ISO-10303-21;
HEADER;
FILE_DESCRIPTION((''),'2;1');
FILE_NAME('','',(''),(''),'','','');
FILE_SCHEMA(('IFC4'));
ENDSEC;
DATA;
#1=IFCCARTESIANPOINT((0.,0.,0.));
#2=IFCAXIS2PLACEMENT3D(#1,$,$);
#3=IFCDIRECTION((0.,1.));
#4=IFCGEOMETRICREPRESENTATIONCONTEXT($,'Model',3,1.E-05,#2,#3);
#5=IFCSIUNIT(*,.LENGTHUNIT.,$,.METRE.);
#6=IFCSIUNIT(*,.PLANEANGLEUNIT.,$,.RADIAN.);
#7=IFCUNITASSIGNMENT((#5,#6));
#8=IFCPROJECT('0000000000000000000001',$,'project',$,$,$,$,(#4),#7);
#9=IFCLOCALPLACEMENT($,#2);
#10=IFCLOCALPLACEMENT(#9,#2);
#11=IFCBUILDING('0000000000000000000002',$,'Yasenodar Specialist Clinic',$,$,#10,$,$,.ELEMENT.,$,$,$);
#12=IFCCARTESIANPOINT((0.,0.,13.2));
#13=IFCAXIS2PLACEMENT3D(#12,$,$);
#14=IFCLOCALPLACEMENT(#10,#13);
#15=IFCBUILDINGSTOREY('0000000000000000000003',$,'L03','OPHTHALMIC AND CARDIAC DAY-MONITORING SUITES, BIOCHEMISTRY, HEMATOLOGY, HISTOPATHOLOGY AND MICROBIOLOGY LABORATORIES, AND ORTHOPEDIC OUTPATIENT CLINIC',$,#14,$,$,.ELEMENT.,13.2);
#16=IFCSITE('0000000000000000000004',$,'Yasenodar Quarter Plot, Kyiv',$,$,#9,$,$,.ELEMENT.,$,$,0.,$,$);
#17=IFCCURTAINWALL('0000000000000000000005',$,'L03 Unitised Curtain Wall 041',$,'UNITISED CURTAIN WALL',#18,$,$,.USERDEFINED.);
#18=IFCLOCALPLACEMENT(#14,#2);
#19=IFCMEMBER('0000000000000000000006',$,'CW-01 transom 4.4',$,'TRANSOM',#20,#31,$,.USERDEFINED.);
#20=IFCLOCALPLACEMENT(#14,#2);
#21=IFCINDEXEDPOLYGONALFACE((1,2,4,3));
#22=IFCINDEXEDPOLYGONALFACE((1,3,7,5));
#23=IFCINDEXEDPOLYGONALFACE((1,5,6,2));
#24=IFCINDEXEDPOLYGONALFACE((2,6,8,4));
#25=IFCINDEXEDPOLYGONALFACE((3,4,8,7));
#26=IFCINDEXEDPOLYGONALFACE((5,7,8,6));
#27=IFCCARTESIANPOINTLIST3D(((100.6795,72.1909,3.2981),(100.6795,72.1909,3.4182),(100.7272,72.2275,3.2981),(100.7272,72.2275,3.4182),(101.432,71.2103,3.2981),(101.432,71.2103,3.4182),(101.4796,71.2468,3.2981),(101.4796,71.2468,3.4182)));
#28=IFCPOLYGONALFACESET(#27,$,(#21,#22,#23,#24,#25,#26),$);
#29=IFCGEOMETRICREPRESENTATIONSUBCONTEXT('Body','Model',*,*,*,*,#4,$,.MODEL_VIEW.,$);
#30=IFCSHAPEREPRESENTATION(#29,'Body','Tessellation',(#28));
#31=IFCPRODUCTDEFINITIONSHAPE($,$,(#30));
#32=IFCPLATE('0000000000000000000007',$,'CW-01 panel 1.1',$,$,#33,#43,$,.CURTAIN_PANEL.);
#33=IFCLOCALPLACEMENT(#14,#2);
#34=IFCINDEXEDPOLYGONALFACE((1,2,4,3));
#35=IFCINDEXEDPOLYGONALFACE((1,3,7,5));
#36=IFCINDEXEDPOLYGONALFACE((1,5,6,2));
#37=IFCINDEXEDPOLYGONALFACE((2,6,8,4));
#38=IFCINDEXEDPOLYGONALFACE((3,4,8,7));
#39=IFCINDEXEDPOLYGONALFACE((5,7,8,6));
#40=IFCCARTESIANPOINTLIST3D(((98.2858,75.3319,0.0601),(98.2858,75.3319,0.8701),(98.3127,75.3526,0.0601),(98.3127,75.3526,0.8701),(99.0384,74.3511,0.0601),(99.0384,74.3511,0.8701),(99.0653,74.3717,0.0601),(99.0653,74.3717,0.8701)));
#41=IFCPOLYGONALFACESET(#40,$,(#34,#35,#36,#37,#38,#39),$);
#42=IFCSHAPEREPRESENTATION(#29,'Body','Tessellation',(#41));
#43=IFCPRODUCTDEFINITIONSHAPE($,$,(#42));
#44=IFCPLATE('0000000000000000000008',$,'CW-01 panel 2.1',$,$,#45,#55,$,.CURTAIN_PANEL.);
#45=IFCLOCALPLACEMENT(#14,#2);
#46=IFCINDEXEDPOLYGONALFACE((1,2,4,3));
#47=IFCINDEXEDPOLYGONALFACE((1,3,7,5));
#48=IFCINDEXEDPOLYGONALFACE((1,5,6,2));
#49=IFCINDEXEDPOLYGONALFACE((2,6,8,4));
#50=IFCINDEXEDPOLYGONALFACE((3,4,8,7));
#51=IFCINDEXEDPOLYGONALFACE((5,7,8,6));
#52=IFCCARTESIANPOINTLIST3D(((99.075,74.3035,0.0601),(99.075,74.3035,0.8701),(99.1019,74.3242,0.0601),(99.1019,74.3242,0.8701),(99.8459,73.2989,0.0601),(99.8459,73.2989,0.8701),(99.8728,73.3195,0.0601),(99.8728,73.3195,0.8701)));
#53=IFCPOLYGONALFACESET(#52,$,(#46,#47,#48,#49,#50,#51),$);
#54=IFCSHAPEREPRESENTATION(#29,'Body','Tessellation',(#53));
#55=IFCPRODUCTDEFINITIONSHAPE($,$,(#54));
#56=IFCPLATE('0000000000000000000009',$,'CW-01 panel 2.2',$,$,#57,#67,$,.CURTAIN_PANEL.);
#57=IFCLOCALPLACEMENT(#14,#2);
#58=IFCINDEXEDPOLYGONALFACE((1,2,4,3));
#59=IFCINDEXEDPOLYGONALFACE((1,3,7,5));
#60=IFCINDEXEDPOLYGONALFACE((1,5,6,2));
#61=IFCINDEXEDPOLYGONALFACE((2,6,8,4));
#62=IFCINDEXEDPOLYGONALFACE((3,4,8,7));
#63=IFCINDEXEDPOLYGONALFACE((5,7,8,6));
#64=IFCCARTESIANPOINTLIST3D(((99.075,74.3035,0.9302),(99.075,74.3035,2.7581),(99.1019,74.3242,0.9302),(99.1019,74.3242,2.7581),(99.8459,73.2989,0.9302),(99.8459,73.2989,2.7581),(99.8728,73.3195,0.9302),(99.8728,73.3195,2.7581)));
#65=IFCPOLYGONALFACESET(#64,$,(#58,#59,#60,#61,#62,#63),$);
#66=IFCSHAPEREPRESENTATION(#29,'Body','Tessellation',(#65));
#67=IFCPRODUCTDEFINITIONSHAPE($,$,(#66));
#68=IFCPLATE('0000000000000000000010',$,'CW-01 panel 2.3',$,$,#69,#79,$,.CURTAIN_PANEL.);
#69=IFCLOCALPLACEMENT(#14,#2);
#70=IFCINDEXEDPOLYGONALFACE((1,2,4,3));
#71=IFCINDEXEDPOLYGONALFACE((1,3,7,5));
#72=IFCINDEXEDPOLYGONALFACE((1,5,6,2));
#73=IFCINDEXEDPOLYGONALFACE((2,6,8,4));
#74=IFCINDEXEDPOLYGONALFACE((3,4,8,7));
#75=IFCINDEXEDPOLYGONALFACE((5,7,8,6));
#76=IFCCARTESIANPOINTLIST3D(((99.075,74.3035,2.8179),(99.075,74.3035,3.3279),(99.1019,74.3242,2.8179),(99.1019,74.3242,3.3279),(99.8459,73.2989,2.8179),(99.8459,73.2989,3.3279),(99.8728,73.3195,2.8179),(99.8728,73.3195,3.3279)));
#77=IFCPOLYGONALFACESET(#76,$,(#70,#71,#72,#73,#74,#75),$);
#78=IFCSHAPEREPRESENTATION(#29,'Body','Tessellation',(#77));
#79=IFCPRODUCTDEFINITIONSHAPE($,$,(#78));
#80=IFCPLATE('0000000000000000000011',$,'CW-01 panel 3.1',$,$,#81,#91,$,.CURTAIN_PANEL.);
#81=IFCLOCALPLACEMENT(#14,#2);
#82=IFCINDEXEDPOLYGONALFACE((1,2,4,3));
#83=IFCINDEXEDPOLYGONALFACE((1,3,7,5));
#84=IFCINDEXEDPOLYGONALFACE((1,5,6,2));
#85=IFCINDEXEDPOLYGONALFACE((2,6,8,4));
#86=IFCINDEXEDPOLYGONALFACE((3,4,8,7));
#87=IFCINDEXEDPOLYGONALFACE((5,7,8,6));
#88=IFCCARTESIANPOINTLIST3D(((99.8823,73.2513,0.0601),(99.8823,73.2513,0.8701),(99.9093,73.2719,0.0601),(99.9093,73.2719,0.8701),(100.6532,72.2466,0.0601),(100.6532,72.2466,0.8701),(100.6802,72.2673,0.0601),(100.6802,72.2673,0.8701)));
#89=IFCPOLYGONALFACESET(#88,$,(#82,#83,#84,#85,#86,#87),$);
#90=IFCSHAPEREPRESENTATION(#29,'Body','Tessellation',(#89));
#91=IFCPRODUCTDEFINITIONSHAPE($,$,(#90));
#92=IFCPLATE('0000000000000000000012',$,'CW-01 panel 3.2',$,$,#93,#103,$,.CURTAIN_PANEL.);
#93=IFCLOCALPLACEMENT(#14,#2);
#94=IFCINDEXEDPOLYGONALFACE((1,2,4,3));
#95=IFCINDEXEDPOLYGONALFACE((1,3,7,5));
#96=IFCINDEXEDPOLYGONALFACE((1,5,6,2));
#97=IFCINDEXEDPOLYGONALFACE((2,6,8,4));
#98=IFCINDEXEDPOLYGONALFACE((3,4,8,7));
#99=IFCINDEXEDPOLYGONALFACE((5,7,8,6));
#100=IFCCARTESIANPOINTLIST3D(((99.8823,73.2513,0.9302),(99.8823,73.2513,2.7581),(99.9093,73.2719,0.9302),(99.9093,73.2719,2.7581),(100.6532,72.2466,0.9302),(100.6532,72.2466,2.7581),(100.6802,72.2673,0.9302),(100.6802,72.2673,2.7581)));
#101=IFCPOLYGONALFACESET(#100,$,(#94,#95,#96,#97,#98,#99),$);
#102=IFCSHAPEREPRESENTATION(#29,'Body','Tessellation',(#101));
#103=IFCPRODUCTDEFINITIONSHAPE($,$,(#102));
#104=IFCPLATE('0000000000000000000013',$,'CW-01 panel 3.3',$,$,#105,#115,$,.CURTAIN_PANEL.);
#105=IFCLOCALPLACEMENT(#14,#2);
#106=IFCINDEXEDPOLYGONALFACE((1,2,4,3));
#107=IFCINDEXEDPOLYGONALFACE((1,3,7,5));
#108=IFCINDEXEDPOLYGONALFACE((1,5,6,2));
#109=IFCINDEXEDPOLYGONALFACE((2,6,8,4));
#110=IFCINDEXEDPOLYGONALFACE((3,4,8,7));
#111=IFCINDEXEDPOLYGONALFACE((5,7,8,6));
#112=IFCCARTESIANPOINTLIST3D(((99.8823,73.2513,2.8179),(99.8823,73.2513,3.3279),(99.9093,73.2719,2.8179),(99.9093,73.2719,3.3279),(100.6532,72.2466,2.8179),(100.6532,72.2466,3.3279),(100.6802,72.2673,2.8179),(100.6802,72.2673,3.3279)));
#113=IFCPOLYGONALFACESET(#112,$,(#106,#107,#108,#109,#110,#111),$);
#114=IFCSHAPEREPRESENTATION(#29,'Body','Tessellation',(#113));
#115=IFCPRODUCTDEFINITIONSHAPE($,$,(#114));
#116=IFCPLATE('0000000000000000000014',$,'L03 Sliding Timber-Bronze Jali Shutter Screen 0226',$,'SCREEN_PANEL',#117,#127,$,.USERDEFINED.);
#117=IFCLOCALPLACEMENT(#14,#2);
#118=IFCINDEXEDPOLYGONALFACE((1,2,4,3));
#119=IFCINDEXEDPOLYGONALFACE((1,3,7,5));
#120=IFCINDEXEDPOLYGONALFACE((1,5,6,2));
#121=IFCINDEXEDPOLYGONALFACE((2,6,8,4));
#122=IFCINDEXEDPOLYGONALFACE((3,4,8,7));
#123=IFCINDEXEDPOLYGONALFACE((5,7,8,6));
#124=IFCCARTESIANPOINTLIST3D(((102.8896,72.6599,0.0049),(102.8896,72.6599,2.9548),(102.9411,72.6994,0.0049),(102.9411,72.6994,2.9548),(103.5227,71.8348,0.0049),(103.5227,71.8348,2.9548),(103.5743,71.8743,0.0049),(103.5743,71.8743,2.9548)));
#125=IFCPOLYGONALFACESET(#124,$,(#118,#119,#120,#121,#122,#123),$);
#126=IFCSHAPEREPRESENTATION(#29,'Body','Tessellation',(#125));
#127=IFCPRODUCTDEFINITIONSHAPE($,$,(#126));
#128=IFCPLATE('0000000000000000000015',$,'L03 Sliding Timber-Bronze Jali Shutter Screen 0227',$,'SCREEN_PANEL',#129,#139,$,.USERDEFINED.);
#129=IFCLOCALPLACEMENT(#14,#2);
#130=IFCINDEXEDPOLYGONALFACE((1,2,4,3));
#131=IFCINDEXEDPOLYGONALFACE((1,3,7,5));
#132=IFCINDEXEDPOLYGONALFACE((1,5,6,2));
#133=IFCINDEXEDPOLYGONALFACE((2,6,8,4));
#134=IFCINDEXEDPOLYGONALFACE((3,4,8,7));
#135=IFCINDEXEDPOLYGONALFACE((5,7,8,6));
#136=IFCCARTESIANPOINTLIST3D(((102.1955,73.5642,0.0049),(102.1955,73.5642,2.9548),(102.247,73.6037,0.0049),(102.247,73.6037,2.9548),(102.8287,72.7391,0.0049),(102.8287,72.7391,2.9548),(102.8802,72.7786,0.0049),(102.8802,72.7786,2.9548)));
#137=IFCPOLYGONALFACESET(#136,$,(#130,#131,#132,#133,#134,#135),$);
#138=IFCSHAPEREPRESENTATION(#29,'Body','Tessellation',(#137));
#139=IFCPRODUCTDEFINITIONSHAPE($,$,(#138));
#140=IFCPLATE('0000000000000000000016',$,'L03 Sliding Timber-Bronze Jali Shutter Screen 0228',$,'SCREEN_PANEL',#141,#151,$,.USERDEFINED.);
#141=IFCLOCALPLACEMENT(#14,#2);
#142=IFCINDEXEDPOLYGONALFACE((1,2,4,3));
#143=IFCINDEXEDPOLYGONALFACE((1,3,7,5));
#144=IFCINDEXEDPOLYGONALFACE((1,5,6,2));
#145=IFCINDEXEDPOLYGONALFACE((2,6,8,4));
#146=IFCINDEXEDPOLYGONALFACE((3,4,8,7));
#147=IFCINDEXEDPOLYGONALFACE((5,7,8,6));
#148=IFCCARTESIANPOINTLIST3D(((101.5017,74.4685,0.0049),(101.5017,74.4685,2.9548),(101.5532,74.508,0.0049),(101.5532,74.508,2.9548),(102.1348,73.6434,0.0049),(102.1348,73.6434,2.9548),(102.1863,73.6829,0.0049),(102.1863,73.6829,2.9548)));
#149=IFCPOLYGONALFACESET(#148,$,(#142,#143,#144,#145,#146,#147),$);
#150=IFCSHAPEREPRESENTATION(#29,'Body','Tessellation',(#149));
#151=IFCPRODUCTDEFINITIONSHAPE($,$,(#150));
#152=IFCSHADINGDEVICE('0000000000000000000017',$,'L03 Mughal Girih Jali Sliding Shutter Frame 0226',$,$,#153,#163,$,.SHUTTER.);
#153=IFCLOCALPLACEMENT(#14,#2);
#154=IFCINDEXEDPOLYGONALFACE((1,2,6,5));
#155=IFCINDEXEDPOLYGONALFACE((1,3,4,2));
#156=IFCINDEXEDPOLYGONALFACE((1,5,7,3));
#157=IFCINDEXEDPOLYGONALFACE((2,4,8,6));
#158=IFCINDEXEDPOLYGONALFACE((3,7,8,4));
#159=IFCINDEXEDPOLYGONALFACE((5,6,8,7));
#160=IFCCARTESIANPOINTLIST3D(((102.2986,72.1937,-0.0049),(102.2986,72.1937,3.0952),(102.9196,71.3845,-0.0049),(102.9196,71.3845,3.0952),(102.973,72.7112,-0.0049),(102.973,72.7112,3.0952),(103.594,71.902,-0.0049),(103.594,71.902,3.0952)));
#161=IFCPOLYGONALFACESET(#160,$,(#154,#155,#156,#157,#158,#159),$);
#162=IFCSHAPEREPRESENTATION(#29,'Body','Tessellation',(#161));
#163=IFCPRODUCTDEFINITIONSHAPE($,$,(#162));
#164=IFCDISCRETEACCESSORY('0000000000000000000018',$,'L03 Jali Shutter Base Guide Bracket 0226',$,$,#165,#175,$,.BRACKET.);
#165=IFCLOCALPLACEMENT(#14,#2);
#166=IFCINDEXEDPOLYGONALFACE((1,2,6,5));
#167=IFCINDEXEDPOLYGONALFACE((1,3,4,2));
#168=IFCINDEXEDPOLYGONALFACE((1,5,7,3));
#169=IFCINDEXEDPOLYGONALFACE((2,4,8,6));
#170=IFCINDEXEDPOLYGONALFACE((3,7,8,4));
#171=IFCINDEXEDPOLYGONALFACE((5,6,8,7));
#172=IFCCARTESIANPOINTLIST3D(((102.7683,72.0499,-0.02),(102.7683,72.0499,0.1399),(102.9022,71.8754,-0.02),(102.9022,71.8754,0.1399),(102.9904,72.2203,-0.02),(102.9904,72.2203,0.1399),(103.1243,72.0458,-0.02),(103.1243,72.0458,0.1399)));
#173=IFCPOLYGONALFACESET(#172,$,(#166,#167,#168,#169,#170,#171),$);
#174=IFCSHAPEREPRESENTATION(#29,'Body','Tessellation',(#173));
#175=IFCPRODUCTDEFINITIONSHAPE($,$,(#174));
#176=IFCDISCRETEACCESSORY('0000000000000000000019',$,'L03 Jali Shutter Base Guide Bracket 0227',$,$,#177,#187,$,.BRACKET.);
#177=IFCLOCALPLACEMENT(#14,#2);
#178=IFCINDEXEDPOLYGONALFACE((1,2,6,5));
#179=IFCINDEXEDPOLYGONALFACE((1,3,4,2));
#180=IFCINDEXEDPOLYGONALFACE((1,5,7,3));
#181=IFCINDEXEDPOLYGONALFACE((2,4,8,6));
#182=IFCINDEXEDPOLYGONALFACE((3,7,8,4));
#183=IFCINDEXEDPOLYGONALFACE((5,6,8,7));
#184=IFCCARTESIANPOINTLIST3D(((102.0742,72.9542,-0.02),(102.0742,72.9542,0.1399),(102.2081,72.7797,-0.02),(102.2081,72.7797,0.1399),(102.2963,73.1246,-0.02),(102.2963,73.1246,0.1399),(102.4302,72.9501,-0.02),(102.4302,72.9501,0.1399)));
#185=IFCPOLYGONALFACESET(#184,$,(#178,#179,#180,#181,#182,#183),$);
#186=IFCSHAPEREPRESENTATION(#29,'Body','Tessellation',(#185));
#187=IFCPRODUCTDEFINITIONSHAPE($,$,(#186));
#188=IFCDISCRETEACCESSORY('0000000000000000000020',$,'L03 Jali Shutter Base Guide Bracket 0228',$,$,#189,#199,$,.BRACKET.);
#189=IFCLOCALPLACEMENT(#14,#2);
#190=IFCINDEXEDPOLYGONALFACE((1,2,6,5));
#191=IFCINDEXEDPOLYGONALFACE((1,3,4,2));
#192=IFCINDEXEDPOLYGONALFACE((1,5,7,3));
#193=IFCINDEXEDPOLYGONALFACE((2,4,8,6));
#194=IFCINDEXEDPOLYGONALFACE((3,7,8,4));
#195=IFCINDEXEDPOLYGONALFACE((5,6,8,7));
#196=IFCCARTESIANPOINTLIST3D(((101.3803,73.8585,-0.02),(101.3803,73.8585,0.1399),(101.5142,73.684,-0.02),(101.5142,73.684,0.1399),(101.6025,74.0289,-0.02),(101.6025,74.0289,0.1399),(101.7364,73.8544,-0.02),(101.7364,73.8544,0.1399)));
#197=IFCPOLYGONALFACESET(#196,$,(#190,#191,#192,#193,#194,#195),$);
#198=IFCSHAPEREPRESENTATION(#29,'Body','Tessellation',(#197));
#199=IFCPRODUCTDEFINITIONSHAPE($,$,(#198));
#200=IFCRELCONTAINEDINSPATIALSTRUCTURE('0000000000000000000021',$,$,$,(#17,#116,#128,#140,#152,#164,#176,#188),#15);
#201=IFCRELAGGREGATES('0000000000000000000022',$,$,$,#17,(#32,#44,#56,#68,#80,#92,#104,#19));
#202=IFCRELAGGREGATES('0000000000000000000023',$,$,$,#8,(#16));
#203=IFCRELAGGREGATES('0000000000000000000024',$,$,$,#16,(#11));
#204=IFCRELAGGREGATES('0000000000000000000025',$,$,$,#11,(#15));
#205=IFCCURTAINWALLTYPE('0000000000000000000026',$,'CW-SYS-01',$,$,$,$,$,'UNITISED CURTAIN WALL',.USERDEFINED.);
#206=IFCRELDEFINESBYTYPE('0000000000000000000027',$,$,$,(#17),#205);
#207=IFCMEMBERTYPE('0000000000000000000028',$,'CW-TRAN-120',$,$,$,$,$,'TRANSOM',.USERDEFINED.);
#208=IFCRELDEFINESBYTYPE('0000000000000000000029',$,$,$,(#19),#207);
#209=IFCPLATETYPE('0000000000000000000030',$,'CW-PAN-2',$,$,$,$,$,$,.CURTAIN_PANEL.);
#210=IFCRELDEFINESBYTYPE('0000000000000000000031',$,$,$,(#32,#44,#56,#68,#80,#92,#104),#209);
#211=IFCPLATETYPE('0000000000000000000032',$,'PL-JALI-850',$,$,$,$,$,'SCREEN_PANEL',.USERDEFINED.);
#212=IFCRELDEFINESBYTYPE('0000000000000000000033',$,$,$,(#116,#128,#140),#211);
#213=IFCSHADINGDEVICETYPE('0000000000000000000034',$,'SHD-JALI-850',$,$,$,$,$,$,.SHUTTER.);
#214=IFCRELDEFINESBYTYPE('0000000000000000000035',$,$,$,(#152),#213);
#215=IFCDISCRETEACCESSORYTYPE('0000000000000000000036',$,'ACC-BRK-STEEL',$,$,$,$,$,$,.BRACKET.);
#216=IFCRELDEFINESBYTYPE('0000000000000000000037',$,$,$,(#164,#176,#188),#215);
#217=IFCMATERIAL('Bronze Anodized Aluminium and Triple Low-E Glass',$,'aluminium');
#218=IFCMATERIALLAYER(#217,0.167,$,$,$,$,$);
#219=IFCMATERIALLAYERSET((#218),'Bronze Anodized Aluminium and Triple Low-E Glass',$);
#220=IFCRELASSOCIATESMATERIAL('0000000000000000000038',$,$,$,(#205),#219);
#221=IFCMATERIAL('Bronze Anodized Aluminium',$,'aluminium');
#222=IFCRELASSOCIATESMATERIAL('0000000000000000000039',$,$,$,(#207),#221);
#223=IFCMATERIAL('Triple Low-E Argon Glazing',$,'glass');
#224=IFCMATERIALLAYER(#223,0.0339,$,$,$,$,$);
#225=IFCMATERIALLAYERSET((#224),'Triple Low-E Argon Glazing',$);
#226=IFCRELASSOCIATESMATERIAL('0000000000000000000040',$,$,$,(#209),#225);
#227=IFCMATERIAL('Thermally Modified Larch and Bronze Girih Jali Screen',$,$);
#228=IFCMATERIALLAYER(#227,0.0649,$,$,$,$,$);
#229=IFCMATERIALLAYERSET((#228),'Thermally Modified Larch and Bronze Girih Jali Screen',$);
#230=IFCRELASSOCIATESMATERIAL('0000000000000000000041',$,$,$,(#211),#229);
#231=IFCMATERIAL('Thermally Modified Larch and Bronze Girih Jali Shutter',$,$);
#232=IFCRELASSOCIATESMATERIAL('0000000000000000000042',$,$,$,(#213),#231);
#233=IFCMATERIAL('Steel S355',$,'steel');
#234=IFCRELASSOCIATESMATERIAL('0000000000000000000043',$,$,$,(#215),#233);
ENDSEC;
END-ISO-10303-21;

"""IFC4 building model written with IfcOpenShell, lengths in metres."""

from ifc_helpers import new_model, si_unit, direction, frame, origin, origin_2d, place, context, subcontext, project, spatial, rectangle, extrude, material, layer, layer_set, material_profile, profile_set, type_object, element, aggregate, save


model = new_model("IFC4")

# Units and contexts
model_context = context("Model", 3, precision=1e-05, world=origin(), true_north=direction((0.0, 1.0)))
body_context = subcontext(model_context, "Body", "Model", "MODEL_VIEW")
ifc_project = project(units=[si_unit("LENGTHUNIT", "METRE"), si_unit("PLANEANGLEUNIT", "RADIAN")], contexts=[model_context])

# Site, building, storey
site_placement = place(None, origin())
site = spatial("IfcSite", under=ifc_project, at=site_placement, Name="Yasenodar Quarter Plot, Kyiv", CompositionType="ELEMENT", RefElevation=0.0)
building_placement = place(site_placement, origin())
building = spatial("IfcBuilding", under=site, at=building_placement, Name="Yasenodar Specialist Clinic", CompositionType="ELEMENT")
storey_placement = place(building_placement, frame((0.0, 0.0, 13.2)))
storey = spatial("IfcBuildingStorey", under=building, at=storey_placement, Name="L03", Description="OPHTHALMIC AND CARDIAC DAY-MONITORING SUITES, BIOCHEMISTRY, HEMATOLOGY, HISTOPATHOLOGY AND MICROBIOLOGY LABORATORIES, AND ORTHOPEDIC OUTPATIENT CLINIC", CompositionType="ELEMENT", Elevation=13.2)

# Curtain wall, member, plates
ifc_material_1 = material(Name="Bronze Anodized Aluminium and Triple Low-E Glass", Category="aluminium")
ifc_layer_1 = layer(ifc_material_1, 0.167)
ifc_layer_set_1 = layer_set([ifc_layer_1], Name="Bronze Anodized Aluminium and Triple Low-E Glass")
curtain_wall_type = type_object("IfcCurtainWallType", Name="CW-SYS-01", ElementType="UNITISED CURTAIN WALL", PredefinedType="USERDEFINED", material=ifc_layer_set_1)
curtain_wall_placement = place(storey_placement, origin())
curtain_wall = element("IfcCurtainWall", 1, at=curtain_wall_placement, inside=storey, type_object=curtain_wall_type, Name="L03 Unitised Curtain Wall 041", ObjectType="UNITISED CURTAIN WALL", PredefinedType="USERDEFINED")
ifc_material_2 = material(Name="Bronze Anodized Aluminium", Category="aluminium")
ifc_material_profile_1 = material_profile(ifc_material_2, rectangle(XDim=0.0601, YDim=0.1201, at=origin_2d()), Name="CW-TRAN 60x120")
ifc_profile_set_1 = profile_set([ifc_material_profile_1], Name="Bronze Anodized Aluminium")
member_type_1 = type_object("IfcMemberType", Name="CW-TRAN-120", ElementType="TRANSOM", PredefinedType="USERDEFINED", material=ifc_profile_set_1)
member_1_placement = place(storey_placement, frame((100.7034, 72.2092, 3.3582), z_axis=(0.608718, -0.793387, 0.0), x_axis=(0.793387, 0.608718, 0.0)))
member_1 = element("IfcMember", 2, at=member_1_placement, type_object=member_type_1, Name="CW-01 transom 4.4", ObjectType="TRANSOM", PredefinedType="USERDEFINED", context=body_context, shape_type="SweptSolid", body=[
    extrude(rectangle(XDim=0.0601, YDim=0.1201, at=origin_2d()), origin(), (0.0, 0.0, 1.0), 1.2361),
])
ifc_material_3 = material(Name="Triple Low-E Argon Glazing", Category="glass")
ifc_layer_2 = layer(ifc_material_3, 0.0339)
ifc_layer_set_2 = layer_set([ifc_layer_2], Name="Triple Low-E Argon Glazing")
plate_type_1 = type_object("IfcPlateType", Name="CW-PAN-2", PredefinedType="CURTAIN_PANEL", material=ifc_layer_set_2)
plate_1_placement = place(storey_placement, frame((98.6755, 74.8518, 0.0601), z_axis=(0.0, 0.0, 1.0), x_axis=(0.608752, -0.793361, 0.0)))
plate_1 = element("IfcPlate", 3, at=plate_1_placement, type_object=plate_type_1, Name="CW-01 panel 1.1", PredefinedType="CURTAIN_PANEL", context=body_context, shape_type="SweptSolid", body=[
    extrude(rectangle(XDim=1.2363, YDim=0.0339, at=origin_2d()), origin(), (0.0, 0.0, 1.0), 0.8101),
])
plate_2_placement = place(storey_placement, frame((99.4739, 73.8115, 0.0601), z_axis=(0.0, 0.0, 1.0), x_axis=(0.608752, -0.793361, 0.0)))
plate_2 = element("IfcPlate", 4, at=plate_2_placement, type_object=plate_type_1, Name="CW-01 panel 2.1", PredefinedType="CURTAIN_PANEL", context=body_context, shape_type="SweptSolid", body=[
    extrude(rectangle(XDim=1.2664, YDim=0.0339, at=origin_2d()), origin(), (0.0, 0.0, 1.0), 0.8101),
])
plate_3_placement = place(storey_placement, frame((99.4739, 73.8115, 0.9302), z_axis=(0.0, 0.0, 1.0), x_axis=(0.608752, -0.793361, 0.0)))
plate_3 = element("IfcPlate", 5, at=plate_3_placement, type_object=plate_type_1, Name="CW-01 panel 2.2", PredefinedType="CURTAIN_PANEL", context=body_context, shape_type="SweptSolid", body=[
    extrude(rectangle(XDim=1.2664, YDim=0.0339, at=origin_2d()), origin(), (0.0, 0.0, 1.0), 1.8279),
])
plate_4_placement = place(storey_placement, frame((99.4739, 73.8115, 2.8179), z_axis=(0.0, 0.0, 1.0), x_axis=(0.608752, -0.793361, 0.0)))
plate_4 = element("IfcPlate", 6, at=plate_4_placement, type_object=plate_type_1, Name="CW-01 panel 2.3", PredefinedType="CURTAIN_PANEL", context=body_context, shape_type="SweptSolid", body=[
    extrude(rectangle(XDim=1.2664, YDim=0.0339, at=origin_2d()), origin(), (0.0, 0.0, 1.0), 0.51),
])
plate_5_placement = place(storey_placement, frame((100.2812, 72.7593, 0.0601), z_axis=(0.0, 0.0, 1.0), x_axis=(0.608752, -0.793361, 0.0)))
plate_5 = element("IfcPlate", 7, at=plate_5_placement, type_object=plate_type_1, Name="CW-01 panel 3.1", PredefinedType="CURTAIN_PANEL", context=body_context, shape_type="SweptSolid", body=[
    extrude(rectangle(XDim=1.2664, YDim=0.0339, at=origin_2d()), origin(), (0.0, 0.0, 1.0), 0.8101),
])
plate_6_placement = place(storey_placement, frame((100.2812, 72.7593, 0.9302), z_axis=(0.0, 0.0, 1.0), x_axis=(0.608752, -0.793361, 0.0)))
plate_6 = element("IfcPlate", 8, at=plate_6_placement, type_object=plate_type_1, Name="CW-01 panel 3.2", PredefinedType="CURTAIN_PANEL", context=body_context, shape_type="SweptSolid", body=[
    extrude(rectangle(XDim=1.2664, YDim=0.0339, at=origin_2d()), origin(), (0.0, 0.0, 1.0), 1.8279),
])
plate_7_placement = place(storey_placement, frame((100.2812, 72.7593, 2.8179), z_axis=(0.0, 0.0, 1.0), x_axis=(0.608752, -0.793361, 0.0)))
plate_7 = element("IfcPlate", 9, at=plate_7_placement, type_object=plate_type_1, Name="CW-01 panel 3.3", PredefinedType="CURTAIN_PANEL", context=body_context, shape_type="SweptSolid", body=[
    extrude(rectangle(XDim=1.2664, YDim=0.0339, at=origin_2d()), origin(), (0.0, 0.0, 1.0), 0.51),
])
aggregate(curtain_wall, [plate_1, plate_2, plate_3, plate_4, plate_5, plate_6, plate_7, member_1])

# Plates
ifc_material_4 = material(Name="Thermally Modified Larch and Bronze Girih Jali Screen")
ifc_layer_3 = layer(ifc_material_4, 0.0649)
ifc_layer_set_3 = layer_set([ifc_layer_3], Name="Thermally Modified Larch and Bronze Girih Jali Screen")
plate_type_2 = type_object("IfcPlateType", Name="PL-JALI-850", ElementType="SCREEN_PANEL", PredefinedType="USERDEFINED", material=ifc_layer_set_3)
for number, where, z_axis, x_axis, name in (
    (10, (103.2319, 72.2671, 0.0049), (0.0, 0.0, 1.0), (-0.608764, 0.793351, 0.0), "L03 Sliding Timber-Bronze Jali Shutter Screen 0226"),
    (11, (102.5378, 73.1714, 0.0049), (0.0, 0.0, 1.0), (-0.608764, 0.793351, 0.0), "L03 Sliding Timber-Bronze Jali Shutter Screen 0227"),
    (12, (101.844, 74.0757, 0.0049), (0.0, 0.0, 1.0), (-0.608764, 0.793351, 0.0), "L03 Sliding Timber-Bronze Jali Shutter Screen 0228"),
):
    element("IfcPlate", number, at=place(storey_placement, frame(where, z_axis=z_axis, x_axis=x_axis)), inside=storey, type_object=plate_type_2, Name=name, ObjectType="SCREEN_PANEL", PredefinedType="USERDEFINED", context=body_context, shape_type="SweptSolid", body=[
        extrude(rectangle(XDim=1.04, YDim=0.0649, at=origin_2d()), origin(), (0.0, 0.0, 1.0), 2.95),
    ])

# Shading device
ifc_material_5 = material(Name="Thermally Modified Larch and Bronze Girih Jali Shutter")
shading_device_type = type_object("IfcShadingDeviceType", Name="SHD-JALI-850", PredefinedType="SHUTTER", material=ifc_material_5)
shading_device_placement = place(storey_placement, frame((102.9463, 72.0479, -0.0049), z_axis=(0.0, 0.0, 1.0), x_axis=(-0.608764, 0.793351, 0.0)))
element("IfcShadingDevice", 13, at=shading_device_placement, inside=storey, type_object=shading_device_type, Name="L03 Mughal Girih Jali Sliding Shutter Frame 0226", PredefinedType="SHUTTER", context=body_context, shape_type="SweptSolid", body=[
    extrude(rectangle(XDim=1.02, YDim=0.8501, at=origin_2d()), origin(), (0.0, 0.0, 1.0), 3.1001),
])

# Discrete accessories
ifc_material_6 = material(Name="Steel S355", Category="steel")
discrete_accessory_type = type_object("IfcDiscreteAccessoryType", Name="ACC-BRK-STEEL", PredefinedType="BRACKET", material=ifc_material_6)
for number, where, z_axis, x_axis, name in (
    (14, (102.9463, 72.0479, -0.02), (0.0, 0.0, 1.0), (-0.608764, 0.793351, 0.0), "L03 Jali Shutter Base Guide Bracket 0226"),
    (15, (102.2522, 72.9521, -0.02), (0.0, 0.0, 1.0), (-0.608764, 0.793351, 0.0), "L03 Jali Shutter Base Guide Bracket 0227"),
    (16, (101.5583, 73.8564, -0.02), (0.0, 0.0, 1.0), (-0.608764, 0.793351, 0.0), "L03 Jali Shutter Base Guide Bracket 0228"),
):
    element("IfcDiscreteAccessory", number, at=place(storey_placement, frame(where, z_axis=z_axis, x_axis=x_axis)), inside=storey, type_object=discrete_accessory_type, Name=name, PredefinedType="BRACKET", context=body_context, shape_type="SweptSolid", body=[
        extrude(rectangle(XDim=0.22, YDim=0.28, at=origin_2d()), origin(), (0.0, 0.0, 1.0), 0.1599),
    ])

save(model, "model.ifc")
